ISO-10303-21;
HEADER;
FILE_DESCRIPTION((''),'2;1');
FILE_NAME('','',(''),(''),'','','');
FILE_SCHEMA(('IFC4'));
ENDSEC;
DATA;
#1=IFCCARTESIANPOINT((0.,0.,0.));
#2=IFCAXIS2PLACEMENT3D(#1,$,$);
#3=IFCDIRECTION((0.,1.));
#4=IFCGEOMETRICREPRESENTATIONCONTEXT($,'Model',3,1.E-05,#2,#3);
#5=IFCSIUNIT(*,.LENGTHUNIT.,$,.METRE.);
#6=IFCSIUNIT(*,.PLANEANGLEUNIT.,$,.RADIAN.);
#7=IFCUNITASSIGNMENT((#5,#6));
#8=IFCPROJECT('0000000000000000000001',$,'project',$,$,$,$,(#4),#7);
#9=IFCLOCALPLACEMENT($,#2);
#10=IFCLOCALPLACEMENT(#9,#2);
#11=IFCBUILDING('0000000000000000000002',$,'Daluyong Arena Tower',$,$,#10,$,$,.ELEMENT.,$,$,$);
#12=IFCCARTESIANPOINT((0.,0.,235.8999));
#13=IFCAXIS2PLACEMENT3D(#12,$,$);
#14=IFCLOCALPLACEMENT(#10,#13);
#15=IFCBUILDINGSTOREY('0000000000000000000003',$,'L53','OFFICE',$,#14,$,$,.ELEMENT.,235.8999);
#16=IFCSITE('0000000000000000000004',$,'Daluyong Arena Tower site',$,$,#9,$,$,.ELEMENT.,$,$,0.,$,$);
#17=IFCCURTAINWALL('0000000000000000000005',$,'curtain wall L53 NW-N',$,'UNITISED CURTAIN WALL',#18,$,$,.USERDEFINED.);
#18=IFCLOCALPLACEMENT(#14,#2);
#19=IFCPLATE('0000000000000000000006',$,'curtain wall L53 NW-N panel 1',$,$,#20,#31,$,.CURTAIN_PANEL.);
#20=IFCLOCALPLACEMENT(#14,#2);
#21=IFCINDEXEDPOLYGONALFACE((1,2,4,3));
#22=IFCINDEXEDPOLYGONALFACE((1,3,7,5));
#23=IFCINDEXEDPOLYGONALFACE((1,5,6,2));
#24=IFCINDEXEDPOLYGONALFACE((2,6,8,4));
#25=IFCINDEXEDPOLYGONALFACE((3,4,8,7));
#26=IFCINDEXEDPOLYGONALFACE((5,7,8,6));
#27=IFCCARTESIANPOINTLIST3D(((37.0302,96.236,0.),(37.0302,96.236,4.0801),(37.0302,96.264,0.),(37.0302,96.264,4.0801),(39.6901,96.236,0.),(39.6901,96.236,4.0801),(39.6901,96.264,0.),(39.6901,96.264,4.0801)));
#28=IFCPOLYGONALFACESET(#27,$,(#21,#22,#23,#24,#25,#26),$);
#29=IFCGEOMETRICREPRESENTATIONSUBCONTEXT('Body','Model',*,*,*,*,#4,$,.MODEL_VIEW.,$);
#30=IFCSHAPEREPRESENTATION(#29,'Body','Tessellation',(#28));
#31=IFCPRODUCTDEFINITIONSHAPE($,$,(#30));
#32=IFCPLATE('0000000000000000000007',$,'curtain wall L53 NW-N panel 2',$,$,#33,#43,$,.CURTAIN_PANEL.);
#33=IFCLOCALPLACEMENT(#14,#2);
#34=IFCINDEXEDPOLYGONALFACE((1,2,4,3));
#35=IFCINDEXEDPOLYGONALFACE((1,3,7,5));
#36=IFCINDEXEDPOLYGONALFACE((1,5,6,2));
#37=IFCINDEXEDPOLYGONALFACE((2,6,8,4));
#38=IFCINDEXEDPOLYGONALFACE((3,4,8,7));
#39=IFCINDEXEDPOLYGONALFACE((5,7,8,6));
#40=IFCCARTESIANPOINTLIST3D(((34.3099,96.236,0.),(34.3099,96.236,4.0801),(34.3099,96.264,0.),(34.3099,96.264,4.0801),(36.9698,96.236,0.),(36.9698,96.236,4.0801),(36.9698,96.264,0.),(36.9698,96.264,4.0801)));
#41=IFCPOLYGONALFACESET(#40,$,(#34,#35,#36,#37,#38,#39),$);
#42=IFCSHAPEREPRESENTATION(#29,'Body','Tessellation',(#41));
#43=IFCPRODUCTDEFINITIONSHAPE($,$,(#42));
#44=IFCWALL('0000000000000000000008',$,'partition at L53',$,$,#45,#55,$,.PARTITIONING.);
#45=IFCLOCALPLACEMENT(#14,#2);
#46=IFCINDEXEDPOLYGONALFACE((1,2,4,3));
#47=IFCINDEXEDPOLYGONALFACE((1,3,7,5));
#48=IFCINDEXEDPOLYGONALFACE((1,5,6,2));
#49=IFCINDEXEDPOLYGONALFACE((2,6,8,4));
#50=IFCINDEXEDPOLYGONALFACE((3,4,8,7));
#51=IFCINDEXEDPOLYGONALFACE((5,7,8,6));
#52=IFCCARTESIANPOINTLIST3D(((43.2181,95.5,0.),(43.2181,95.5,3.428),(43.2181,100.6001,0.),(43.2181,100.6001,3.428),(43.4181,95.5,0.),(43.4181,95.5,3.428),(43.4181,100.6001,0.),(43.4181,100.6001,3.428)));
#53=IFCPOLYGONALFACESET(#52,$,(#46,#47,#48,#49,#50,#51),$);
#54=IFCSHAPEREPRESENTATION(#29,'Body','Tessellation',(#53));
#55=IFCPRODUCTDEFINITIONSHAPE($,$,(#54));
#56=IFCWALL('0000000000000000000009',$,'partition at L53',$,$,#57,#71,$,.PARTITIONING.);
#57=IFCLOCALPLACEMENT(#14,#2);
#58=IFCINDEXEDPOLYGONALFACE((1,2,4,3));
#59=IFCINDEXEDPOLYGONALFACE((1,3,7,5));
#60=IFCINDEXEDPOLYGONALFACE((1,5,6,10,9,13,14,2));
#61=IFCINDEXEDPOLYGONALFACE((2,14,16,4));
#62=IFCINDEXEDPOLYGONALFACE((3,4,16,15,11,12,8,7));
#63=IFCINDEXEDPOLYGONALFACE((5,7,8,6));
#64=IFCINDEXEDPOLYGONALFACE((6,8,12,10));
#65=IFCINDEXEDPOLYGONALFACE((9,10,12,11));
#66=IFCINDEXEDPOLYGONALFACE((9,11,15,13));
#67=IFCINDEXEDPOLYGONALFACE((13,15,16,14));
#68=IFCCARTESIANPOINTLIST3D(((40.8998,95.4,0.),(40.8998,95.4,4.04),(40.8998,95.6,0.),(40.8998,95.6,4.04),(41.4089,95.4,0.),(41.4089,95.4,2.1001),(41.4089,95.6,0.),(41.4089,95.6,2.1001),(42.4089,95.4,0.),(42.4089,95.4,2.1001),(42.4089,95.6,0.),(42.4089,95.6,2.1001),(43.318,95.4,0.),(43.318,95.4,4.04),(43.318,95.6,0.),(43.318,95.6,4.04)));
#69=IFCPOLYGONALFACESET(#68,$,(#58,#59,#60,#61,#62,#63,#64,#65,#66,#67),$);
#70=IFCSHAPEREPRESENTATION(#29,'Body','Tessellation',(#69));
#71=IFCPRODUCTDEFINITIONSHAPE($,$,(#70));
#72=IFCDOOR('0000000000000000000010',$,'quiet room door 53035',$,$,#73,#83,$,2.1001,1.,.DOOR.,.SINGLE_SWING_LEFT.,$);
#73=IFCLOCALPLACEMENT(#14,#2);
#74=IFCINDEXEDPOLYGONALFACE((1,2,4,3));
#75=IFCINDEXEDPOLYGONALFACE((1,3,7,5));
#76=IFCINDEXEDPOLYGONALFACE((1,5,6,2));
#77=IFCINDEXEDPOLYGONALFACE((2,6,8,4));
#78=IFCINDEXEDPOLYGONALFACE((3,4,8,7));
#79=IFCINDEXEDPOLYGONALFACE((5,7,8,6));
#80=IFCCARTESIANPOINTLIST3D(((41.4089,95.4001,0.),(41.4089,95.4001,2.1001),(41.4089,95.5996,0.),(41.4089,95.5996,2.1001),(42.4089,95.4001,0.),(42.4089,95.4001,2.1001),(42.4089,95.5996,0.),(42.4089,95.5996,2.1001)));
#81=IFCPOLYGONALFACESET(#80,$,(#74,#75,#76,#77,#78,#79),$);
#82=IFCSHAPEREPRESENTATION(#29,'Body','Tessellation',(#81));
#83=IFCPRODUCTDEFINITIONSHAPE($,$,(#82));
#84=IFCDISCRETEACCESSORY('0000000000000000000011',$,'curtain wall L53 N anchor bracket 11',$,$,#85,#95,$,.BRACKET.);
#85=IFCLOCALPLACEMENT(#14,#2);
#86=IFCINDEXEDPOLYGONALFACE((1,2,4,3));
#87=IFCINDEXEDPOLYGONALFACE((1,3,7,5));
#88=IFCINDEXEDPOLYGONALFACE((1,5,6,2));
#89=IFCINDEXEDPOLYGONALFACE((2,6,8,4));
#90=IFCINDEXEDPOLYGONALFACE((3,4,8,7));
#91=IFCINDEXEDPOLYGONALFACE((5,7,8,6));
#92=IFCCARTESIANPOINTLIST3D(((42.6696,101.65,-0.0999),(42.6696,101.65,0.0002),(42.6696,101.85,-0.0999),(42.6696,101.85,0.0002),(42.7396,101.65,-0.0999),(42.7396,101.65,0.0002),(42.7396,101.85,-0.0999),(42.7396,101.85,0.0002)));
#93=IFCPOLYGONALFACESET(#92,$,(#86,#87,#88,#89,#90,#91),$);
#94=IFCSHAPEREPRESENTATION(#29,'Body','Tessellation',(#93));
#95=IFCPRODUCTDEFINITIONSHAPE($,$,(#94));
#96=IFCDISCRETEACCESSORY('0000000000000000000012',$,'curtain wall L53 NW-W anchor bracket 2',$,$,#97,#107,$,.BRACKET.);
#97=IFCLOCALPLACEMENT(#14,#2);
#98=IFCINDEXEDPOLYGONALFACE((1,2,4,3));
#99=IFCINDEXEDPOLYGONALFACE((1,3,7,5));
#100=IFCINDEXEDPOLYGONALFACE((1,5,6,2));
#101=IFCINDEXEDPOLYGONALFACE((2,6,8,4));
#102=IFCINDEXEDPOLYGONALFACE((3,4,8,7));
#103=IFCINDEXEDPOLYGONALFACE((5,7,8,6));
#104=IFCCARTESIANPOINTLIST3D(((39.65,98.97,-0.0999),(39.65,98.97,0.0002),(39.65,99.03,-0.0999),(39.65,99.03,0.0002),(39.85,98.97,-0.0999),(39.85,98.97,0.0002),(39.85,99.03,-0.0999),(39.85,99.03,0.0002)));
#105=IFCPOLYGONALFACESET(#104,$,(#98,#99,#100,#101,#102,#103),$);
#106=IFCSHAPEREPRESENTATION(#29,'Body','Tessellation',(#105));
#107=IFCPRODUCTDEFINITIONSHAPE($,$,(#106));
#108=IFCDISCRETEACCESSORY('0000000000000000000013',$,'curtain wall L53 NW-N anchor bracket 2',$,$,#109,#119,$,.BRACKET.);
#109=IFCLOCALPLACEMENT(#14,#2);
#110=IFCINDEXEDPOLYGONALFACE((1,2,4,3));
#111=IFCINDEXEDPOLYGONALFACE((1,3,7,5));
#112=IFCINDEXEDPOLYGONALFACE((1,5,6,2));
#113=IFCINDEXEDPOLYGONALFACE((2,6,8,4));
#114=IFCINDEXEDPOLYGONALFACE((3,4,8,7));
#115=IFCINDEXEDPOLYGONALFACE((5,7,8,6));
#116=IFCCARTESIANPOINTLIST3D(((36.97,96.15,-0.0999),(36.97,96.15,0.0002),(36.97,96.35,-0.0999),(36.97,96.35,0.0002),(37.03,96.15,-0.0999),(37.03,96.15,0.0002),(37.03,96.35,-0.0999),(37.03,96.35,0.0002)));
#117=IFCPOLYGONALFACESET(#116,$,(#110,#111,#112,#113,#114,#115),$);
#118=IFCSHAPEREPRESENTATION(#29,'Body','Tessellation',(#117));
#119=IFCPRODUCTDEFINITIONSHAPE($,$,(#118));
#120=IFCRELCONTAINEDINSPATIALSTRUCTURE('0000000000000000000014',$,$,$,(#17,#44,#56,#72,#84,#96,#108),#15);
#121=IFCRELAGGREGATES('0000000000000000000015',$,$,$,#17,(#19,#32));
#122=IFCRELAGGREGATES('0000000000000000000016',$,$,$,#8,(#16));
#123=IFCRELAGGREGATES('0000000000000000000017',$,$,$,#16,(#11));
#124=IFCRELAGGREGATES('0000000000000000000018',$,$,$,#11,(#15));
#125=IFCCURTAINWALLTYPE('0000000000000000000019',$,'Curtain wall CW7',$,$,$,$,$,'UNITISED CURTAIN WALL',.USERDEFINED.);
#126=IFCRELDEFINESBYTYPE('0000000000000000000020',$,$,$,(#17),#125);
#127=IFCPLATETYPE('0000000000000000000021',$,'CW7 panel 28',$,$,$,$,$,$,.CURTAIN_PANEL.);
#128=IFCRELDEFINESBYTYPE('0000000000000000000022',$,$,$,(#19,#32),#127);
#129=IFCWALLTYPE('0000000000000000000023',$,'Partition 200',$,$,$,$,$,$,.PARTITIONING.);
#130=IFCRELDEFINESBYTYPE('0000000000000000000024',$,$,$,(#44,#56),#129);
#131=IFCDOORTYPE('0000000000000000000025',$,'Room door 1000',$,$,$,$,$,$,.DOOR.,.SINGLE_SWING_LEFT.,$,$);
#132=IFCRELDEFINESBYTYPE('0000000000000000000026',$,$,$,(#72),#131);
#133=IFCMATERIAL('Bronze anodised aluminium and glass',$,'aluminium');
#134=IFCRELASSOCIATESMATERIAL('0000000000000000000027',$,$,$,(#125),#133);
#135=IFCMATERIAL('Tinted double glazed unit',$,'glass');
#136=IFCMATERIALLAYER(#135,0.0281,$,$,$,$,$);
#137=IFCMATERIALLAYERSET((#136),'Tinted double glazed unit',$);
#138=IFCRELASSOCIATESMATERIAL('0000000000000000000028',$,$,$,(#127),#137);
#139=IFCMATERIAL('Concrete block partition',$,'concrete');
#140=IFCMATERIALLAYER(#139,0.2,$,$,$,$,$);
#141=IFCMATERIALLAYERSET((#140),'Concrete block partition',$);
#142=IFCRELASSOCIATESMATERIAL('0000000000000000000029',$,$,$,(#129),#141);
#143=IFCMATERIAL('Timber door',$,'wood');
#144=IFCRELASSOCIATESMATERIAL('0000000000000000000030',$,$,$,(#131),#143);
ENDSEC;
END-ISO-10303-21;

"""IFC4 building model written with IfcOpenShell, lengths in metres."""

from ifc_helpers import new_model, si_unit, direction, frame, frame_2d, origin, origin_2d, place, context, subcontext, project, spatial, rectangle, extrude, material, layer, layer_set, type_object, element, fill, aggregate, save


model = new_model("IFC4")

# Units and contexts
model_context = context("Model", 3, precision=1e-05, world=origin(), true_north=direction((0.0, 1.0)))
body_context = subcontext(model_context, "Body", "Model", "MODEL_VIEW")
ifc_project = project(units=[si_unit("LENGTHUNIT", "METRE"), si_unit("PLANEANGLEUNIT", "RADIAN")], contexts=[model_context])

# Site, building, storey
site_placement = place(None, origin())
site = spatial("IfcSite", under=ifc_project, at=site_placement, Name="Daluyong Arena Tower site", CompositionType="ELEMENT", RefElevation=0.0)
building_placement = place(site_placement, origin())
building = spatial("IfcBuilding", under=site, at=building_placement, Name="Daluyong Arena Tower", CompositionType="ELEMENT")
storey_placement = place(building_placement, frame((0.0, 0.0, 235.8999)))
storey = spatial("IfcBuildingStorey", under=building, at=storey_placement, Name="L53", Description="OFFICE", CompositionType="ELEMENT", Elevation=235.8999)

# Curtain wall
ifc_material_1 = material(Name="Bronze anodised aluminium and glass", Category="aluminium")
curtain_wall_type_1 = type_object("IfcCurtainWallType", Name="Curtain wall CW7", ElementType="UNITISED CURTAIN WALL", PredefinedType="USERDEFINED", material=ifc_material_1)
curtain_wall_1_placement = place(storey_placement, origin())
curtain_wall_1 = element("IfcCurtainWall", 1, at=curtain_wall_1_placement, inside=storey, type_object=curtain_wall_type_1, Name="curtain wall L53 NW-N", ObjectType="UNITISED CURTAIN WALL", PredefinedType="USERDEFINED")

# Plates
ifc_material_2 = material(Name="Tinted double glazed unit", Category="glass")
ifc_layer_1 = layer(ifc_material_2, 0.0281)
ifc_layer_set_1 = layer_set([ifc_layer_1], Name="Tinted double glazed unit")
plate_type_1 = type_object("IfcPlateType", Name="CW7 panel 28", PredefinedType="CURTAIN_PANEL", material=ifc_layer_set_1)
plate_1_placement = place(storey_placement, frame((38.3601, 96.25, 0.0), z_axis=(0.0, 0.0, 1.0), x_axis=(-1.0, 0.0, 0.0)))
plate_1 = element("IfcPlate", 2, at=plate_1_placement, type_object=plate_type_1, Name="curtain wall L53 NW-N panel 1", PredefinedType="CURTAIN_PANEL", context=body_context, shape_type="SweptSolid", body=[
    extrude(rectangle(XDim=2.6599, YDim=0.0281, at=origin_2d()), origin(), (0.0, 0.0, 1.0), 4.0801),
])
plate_2_placement = place(storey_placement, frame((35.6399, 96.25, 0.0), z_axis=(0.0, 0.0, 1.0), x_axis=(-1.0, 0.0, 0.0)))
plate_2 = element("IfcPlate", 3, at=plate_2_placement, type_object=plate_type_1, Name="curtain wall L53 NW-N panel 2", PredefinedType="CURTAIN_PANEL", context=body_context, shape_type="SweptSolid", body=[
    extrude(rectangle(XDim=2.6599, YDim=0.0281, at=origin_2d()), origin(), (0.0, 0.0, 1.0), 4.0801),
])
aggregate(curtain_wall_1, [plate_1, plate_2])

# Wall
ifc_material_3 = material(Name="Concrete block partition", Category="concrete")
ifc_layer_2 = layer(ifc_material_3, 0.2)
ifc_layer_set_2 = layer_set([ifc_layer_2], Name="Concrete block partition")
wall_type = type_object("IfcWallType", Name="Partition 200", PredefinedType="PARTITIONING", material=ifc_layer_set_2)
wall_1_placement = place(storey_placement, frame((43.3181, 95.5, 0.0), z_axis=(0.0, 0.0, 1.0), x_axis=(0.0, 1.0, 0.0)))
element("IfcWall", 4, at=wall_1_placement, inside=storey, type_object=wall_type, Name="partition at L53", PredefinedType="PARTITIONING", context=body_context, shape_type="SweptSolid", body=[
    extrude(rectangle(XDim=5.1001, YDim=0.2, at=frame_2d((2.55, 0.0))), origin(), (0.0, 0.0, 1.0), 3.428),
])

# Wall, opening, door
wall_2_placement = place(storey_placement, frame((40.8999, 95.5, 0.0), z_axis=(0.0, 0.0, 1.0), x_axis=(1.0, 0.0, 0.0)))
wall_2 = element("IfcWall", 5, at=wall_2_placement, inside=storey, type_object=wall_type, Name="partition at L53", PredefinedType="PARTITIONING", context=body_context, shape_type="SweptSolid", body=[
    extrude(rectangle(XDim=2.4182, YDim=0.2, at=frame_2d((1.209, 0.0))), origin(), (0.0, 0.0, 1.0), 4.04),
])
opening_placement = place(wall_2_placement, frame((0.509, 0.0, 0.0)))
opening = element("IfcOpeningElement", 6, at=opening_placement, cuts=wall_2, PredefinedType="OPENING", context=body_context, shape_type="SweptSolid", body=[
    extrude(rectangle(XDim=1.0, YDim=2.1001, at=frame_2d((0.5, 1.05))), frame((0.0, 0.1099, 0.0), z_axis=(0.0, -1.0, 0.0), x_axis=(1.0, 0.0, 0.0)), (0.0, 0.0, 1.0), 0.22),
])
ifc_material_4 = material(Name="Timber door", Category="wood")
door_type = type_object("IfcDoorType", Name="Room door 1000", OperationType="SINGLE_SWING_LEFT", PredefinedType="DOOR", material=ifc_material_4)
door_placement = place(opening_placement, origin())
door = element("IfcDoor", 7, at=door_placement, inside=storey, type_object=door_type, Name="quiet room door 53035", OperationType="SINGLE_SWING_LEFT", OverallHeight=2.1001, OverallWidth=1.0, PredefinedType="DOOR", context=body_context, shape_type="SweptSolid", body=[
    extrude(rectangle(XDim=1.0, YDim=2.1001, at=frame_2d((0.5, 1.05))), frame((0.0, 0.0996, 0.0), z_axis=(0.0, -1.0, 0.0), x_axis=(1.0, 0.0, 0.0)), (0.0, 0.0, 1.0), 0.1995),
])
fill(opening, door)

# Discrete accessories
discrete_accessory_placement = place(storey_placement, frame((42.7046, 101.75, -0.0999), z_axis=(0.0, 0.0, 1.0), x_axis=(-1.0, 0.0, 0.0)))
element("IfcDiscreteAccessory", 8, at=discrete_accessory_placement, inside=storey, Name="curtain wall L53 N anchor bracket 11", PredefinedType="BRACKET", context=body_context, shape_type="SweptSolid", body=[
    extrude(rectangle(XDim=0.0701, YDim=0.2, at=origin_2d()), origin(), (0.0, 0.0, 1.0), 0.1001),
])
for number, where, z_axis, x_axis, name in (
    (9, (39.75, 99.0, -0.0999), (0.0, 0.0, 1.0), (0.0, -1.0, 0.0), "curtain wall L53 NW-W anchor bracket 2"),
    (10, (37.0, 96.25, -0.0999), (0.0, 0.0, 1.0), (-1.0, 0.0, 0.0), "curtain wall L53 NW-N anchor bracket 2"),
):
    element("IfcDiscreteAccessory", number, at=place(storey_placement, frame(where, z_axis=z_axis, x_axis=x_axis)), inside=storey, Name=name, PredefinedType="BRACKET", context=body_context, shape_type="SweptSolid", body=[
        extrude(rectangle(XDim=0.0601, YDim=0.2, at=origin_2d()), origin(), (0.0, 0.0, 1.0), 0.1001),
    ])

save(model, "model.ifc")
